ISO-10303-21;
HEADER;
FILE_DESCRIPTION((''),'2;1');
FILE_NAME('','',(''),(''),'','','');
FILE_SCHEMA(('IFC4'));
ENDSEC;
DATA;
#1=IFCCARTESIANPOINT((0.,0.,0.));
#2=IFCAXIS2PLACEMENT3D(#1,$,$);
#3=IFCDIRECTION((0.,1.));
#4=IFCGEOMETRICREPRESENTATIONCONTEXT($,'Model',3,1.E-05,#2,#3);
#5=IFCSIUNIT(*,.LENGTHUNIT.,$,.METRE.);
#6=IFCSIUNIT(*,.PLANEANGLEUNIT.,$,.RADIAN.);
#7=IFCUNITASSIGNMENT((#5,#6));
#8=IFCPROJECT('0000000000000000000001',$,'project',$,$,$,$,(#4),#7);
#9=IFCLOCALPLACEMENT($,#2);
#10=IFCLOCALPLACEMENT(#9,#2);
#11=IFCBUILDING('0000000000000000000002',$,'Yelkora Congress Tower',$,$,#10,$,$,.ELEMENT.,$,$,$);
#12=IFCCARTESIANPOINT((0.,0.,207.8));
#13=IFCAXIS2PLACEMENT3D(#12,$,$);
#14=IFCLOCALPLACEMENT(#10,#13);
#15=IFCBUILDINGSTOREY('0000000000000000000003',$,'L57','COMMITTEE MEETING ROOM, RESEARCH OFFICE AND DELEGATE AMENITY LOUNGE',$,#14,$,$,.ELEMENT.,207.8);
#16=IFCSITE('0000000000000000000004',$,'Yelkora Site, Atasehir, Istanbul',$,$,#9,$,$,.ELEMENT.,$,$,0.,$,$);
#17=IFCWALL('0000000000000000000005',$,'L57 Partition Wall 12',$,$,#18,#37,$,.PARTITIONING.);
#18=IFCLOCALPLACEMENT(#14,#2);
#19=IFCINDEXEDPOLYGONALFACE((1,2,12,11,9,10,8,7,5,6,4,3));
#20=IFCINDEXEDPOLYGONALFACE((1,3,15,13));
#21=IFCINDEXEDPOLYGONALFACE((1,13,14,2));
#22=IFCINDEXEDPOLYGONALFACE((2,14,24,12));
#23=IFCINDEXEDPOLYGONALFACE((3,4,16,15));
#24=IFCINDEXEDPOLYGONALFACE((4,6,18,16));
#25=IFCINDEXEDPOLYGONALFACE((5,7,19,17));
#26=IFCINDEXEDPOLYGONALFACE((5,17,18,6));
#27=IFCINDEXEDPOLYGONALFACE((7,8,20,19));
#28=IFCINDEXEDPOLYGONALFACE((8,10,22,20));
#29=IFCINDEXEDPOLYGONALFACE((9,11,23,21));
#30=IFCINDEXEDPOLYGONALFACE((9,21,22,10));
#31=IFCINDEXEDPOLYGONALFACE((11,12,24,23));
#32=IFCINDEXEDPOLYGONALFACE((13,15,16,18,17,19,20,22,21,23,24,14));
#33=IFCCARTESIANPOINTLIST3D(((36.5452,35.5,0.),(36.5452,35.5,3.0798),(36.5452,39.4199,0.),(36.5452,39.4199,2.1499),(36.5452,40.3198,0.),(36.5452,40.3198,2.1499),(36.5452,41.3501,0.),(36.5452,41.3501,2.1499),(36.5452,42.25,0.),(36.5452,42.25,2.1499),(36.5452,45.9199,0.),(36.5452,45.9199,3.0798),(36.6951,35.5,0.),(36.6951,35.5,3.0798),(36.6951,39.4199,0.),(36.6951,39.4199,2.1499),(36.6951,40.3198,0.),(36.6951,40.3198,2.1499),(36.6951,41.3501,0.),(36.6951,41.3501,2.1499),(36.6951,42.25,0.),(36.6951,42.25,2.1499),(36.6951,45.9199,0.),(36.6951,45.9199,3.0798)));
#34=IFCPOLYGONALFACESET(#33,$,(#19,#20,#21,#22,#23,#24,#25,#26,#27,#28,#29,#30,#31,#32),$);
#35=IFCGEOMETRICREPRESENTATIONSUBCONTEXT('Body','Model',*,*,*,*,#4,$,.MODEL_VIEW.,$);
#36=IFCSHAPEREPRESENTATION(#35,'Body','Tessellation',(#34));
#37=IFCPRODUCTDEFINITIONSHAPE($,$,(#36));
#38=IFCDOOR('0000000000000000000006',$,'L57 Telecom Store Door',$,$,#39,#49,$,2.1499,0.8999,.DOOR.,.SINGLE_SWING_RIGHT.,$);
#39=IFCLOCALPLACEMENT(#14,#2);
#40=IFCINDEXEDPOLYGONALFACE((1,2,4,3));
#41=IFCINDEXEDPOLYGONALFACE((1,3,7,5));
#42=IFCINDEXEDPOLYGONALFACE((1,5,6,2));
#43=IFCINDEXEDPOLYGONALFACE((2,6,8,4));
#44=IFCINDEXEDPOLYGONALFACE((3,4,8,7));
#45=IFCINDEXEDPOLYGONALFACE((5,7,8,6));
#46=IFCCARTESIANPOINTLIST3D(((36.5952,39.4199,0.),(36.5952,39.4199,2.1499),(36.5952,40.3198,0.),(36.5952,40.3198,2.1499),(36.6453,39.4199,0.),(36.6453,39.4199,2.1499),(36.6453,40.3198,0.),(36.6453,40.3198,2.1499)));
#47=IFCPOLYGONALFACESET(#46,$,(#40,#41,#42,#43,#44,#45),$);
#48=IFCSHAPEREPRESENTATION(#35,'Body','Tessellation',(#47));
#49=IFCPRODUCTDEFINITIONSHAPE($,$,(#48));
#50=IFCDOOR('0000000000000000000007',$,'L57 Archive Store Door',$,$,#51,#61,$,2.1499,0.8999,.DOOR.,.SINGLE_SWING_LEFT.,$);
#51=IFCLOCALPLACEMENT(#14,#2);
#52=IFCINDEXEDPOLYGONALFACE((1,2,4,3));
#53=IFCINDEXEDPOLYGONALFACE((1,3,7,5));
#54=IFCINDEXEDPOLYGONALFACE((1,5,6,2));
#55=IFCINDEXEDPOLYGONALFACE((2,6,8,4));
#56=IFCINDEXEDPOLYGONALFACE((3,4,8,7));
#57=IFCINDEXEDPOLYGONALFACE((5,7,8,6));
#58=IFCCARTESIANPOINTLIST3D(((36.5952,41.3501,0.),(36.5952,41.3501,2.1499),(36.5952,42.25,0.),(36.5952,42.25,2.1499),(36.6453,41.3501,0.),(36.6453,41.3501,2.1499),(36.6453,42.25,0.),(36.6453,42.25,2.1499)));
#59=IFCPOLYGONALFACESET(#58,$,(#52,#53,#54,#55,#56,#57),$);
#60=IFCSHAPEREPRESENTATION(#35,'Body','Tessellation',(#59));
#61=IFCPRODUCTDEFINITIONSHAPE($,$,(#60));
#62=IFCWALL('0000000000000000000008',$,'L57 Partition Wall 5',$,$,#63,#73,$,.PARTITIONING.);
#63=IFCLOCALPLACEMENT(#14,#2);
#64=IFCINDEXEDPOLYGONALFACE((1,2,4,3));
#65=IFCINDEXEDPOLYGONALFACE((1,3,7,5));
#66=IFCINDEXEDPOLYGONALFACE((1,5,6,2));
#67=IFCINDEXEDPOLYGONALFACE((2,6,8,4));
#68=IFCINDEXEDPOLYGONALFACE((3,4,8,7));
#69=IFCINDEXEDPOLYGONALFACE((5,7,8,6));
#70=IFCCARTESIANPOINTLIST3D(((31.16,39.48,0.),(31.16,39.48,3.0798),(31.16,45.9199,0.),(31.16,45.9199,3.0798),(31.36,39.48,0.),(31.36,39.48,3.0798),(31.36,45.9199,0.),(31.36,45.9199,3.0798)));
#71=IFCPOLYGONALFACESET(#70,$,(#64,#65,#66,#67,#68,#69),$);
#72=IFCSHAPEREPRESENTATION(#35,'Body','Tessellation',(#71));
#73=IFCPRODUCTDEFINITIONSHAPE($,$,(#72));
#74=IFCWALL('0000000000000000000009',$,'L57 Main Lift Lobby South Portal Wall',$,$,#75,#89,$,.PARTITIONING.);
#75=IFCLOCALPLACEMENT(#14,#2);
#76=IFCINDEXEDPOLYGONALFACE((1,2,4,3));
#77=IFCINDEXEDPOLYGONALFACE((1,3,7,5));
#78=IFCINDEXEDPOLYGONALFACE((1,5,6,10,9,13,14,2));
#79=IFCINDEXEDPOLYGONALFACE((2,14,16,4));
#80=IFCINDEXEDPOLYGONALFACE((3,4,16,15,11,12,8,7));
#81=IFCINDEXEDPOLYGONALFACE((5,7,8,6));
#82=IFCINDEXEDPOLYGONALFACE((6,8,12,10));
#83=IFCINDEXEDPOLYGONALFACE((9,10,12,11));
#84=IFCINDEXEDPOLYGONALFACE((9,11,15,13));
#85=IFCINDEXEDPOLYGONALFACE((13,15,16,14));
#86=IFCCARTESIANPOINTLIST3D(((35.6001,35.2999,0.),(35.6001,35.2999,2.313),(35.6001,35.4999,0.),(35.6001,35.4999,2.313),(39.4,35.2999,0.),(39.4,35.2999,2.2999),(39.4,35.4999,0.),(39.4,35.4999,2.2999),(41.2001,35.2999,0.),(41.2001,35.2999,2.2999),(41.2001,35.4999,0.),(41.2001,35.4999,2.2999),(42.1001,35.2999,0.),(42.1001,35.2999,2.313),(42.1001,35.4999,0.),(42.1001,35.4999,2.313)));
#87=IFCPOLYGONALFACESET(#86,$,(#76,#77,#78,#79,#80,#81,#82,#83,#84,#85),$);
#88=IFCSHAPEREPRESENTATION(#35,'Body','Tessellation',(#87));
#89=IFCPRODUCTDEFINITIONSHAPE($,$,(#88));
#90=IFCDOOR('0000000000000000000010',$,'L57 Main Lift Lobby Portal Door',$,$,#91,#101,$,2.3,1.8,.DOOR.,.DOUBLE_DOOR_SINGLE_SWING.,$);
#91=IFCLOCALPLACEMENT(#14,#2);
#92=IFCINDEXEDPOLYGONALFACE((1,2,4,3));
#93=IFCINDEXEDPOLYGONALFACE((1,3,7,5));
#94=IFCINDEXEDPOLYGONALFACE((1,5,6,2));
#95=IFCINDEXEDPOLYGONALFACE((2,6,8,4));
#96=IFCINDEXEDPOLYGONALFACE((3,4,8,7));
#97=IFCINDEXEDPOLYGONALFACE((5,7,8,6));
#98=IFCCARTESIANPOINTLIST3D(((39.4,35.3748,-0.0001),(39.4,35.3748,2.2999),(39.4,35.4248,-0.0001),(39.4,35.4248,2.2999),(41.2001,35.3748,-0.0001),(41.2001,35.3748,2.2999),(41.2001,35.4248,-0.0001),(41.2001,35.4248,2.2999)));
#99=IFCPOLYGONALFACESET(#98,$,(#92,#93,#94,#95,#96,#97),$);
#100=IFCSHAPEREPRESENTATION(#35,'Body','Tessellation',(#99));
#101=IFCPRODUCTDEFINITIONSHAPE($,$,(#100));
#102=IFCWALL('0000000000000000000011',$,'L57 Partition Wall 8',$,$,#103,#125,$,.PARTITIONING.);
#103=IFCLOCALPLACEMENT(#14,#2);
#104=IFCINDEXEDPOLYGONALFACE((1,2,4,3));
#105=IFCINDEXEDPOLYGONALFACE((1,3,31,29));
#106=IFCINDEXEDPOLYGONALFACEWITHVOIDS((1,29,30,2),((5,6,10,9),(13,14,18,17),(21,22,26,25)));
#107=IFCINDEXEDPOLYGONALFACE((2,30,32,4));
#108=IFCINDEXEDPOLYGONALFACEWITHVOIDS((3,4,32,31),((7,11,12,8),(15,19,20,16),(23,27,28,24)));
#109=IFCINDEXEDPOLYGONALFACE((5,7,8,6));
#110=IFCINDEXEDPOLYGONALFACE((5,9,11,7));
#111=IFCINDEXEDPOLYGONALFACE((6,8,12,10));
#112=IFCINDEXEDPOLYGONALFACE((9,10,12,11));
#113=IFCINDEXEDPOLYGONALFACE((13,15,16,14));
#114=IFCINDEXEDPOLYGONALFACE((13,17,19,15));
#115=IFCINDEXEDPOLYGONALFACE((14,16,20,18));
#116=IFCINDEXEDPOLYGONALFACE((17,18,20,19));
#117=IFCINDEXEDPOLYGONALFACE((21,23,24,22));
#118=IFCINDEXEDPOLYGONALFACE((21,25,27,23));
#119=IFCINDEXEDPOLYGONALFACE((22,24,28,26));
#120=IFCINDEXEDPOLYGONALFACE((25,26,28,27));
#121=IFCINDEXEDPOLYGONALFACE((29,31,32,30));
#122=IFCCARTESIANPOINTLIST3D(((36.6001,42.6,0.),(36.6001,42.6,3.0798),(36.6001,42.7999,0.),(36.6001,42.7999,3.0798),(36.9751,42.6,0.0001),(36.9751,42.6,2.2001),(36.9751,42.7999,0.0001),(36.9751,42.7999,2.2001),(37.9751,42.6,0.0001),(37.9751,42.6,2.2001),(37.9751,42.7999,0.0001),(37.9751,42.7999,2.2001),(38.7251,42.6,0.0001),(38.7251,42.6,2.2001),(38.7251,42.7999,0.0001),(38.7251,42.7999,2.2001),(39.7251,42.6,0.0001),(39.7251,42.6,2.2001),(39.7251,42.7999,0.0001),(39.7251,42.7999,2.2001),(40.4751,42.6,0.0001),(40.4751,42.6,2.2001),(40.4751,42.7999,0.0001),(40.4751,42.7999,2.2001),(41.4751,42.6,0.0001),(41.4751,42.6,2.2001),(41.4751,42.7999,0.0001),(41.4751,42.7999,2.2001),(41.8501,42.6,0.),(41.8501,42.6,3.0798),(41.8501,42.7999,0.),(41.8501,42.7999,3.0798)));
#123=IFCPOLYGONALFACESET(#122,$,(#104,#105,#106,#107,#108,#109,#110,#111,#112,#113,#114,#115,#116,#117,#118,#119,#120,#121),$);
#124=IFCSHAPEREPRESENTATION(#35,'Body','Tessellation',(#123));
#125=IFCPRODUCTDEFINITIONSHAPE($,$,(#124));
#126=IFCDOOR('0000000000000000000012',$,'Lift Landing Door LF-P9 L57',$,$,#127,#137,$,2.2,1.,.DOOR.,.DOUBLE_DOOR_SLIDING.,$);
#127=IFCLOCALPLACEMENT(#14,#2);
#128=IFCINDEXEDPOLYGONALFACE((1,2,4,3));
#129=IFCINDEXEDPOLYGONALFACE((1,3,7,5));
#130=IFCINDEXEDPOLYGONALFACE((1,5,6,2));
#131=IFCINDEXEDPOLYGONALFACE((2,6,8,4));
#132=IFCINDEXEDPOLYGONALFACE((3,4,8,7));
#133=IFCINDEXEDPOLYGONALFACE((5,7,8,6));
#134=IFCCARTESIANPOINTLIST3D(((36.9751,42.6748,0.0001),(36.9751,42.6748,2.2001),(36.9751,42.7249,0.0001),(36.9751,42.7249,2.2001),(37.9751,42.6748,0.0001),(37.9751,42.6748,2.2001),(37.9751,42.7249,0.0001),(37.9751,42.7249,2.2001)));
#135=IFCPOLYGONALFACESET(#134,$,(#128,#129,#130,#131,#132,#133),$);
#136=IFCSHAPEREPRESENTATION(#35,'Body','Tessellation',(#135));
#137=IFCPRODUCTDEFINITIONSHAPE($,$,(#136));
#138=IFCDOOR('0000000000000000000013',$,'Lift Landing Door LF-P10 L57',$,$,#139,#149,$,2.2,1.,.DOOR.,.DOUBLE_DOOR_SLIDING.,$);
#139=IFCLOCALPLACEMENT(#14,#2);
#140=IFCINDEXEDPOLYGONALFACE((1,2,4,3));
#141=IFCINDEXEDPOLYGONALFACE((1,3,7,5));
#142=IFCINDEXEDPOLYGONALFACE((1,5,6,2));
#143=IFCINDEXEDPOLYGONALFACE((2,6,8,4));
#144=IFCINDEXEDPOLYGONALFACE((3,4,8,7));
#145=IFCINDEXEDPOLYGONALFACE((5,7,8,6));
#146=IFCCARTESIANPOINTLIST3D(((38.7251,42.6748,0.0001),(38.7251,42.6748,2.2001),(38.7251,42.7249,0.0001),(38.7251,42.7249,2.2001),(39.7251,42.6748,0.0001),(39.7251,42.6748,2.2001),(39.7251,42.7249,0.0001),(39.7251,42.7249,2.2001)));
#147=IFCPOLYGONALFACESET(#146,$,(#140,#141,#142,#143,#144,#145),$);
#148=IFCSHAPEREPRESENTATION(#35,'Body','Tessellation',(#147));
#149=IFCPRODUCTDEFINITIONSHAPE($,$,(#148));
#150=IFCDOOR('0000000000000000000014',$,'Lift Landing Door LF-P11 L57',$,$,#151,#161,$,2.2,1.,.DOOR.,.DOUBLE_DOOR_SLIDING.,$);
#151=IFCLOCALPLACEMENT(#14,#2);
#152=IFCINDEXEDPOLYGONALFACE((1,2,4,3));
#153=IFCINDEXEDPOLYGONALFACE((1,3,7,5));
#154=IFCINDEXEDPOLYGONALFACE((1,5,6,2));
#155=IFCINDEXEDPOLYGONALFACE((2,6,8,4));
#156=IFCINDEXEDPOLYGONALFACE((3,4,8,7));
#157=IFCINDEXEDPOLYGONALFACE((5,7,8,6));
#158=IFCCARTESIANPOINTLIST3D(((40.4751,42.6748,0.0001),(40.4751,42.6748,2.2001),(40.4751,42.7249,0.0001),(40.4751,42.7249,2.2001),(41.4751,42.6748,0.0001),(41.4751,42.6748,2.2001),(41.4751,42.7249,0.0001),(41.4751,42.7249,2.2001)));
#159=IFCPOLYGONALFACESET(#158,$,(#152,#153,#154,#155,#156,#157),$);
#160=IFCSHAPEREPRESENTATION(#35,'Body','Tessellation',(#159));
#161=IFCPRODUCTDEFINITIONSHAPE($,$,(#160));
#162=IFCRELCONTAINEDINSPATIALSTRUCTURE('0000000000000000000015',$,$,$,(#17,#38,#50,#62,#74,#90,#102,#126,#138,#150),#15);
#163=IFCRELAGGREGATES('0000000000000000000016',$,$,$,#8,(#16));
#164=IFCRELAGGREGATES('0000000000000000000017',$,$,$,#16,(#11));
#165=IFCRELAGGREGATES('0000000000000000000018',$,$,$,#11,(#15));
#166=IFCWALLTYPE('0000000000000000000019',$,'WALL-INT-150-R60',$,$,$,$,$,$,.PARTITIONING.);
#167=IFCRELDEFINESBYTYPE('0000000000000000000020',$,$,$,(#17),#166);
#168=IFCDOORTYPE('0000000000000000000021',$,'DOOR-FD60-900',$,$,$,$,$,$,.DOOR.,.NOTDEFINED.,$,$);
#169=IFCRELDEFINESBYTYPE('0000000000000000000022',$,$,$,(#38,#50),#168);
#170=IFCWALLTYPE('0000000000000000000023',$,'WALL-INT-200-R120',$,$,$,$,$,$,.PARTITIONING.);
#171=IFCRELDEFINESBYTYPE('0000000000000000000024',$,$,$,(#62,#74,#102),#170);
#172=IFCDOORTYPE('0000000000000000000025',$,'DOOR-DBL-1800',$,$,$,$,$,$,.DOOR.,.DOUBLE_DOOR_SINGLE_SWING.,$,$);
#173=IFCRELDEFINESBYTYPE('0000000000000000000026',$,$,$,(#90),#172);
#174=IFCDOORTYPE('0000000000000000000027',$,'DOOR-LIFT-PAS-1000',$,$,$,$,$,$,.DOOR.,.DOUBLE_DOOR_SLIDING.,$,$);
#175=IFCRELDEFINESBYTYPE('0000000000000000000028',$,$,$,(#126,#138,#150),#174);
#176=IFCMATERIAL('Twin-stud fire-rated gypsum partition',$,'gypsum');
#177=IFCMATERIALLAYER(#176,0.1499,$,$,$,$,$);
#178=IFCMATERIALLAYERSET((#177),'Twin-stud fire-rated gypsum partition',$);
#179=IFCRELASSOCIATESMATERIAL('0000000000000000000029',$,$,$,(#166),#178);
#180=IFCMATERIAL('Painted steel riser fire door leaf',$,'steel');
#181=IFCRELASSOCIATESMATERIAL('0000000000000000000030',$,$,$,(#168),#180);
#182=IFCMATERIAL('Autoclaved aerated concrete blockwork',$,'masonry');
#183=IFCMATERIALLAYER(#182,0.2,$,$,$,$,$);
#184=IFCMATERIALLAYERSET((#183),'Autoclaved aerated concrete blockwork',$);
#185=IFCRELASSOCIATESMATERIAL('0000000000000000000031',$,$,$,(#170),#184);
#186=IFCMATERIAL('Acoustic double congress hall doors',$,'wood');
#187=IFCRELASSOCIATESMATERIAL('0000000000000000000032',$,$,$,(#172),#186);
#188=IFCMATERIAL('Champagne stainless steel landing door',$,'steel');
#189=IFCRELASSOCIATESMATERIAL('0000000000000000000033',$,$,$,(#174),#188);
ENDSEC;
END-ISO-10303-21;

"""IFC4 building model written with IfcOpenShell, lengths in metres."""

from ifc_helpers import new_model, si_unit, direction, frame, frame_2d, origin, place, context, subcontext, project, spatial, rectangle, extrude, material, layer, layer_set, type_object, element, fill, save


model = new_model("IFC4")

# Units and contexts
model_context = context("Model", 3, precision=1e-05, world=origin(), true_north=direction((0.0, 1.0)))
body_context = subcontext(model_context, "Body", "Model", "MODEL_VIEW")
ifc_project = project(units=[si_unit("LENGTHUNIT", "METRE"), si_unit("PLANEANGLEUNIT", "RADIAN")], contexts=[model_context])

# Site, building, storey
site_placement = place(None, origin())
site = spatial("IfcSite", under=ifc_project, at=site_placement, Name="Yelkora Site, Atasehir, Istanbul", CompositionType="ELEMENT", RefElevation=0.0)
building_placement = place(site_placement, origin())
building = spatial("IfcBuilding", under=site, at=building_placement, Name="Yelkora Congress Tower", CompositionType="ELEMENT")
storey_placement = place(building_placement, frame((0.0, 0.0, 207.8)))
storey = spatial("IfcBuildingStorey", under=building, at=storey_placement, Name="L57", Description="COMMITTEE MEETING ROOM, RESEARCH OFFICE AND DELEGATE AMENITY LOUNGE", CompositionType="ELEMENT", Elevation=207.8)

# Shared definitions
ifc_material_1 = material(Name="Twin-stud fire-rated gypsum partition", Category="gypsum")
ifc_layer_1 = layer(ifc_material_1, 0.1499)
ifc_layer_set_1 = layer_set([ifc_layer_1], Name="Twin-stud fire-rated gypsum partition")
wall_type_1 = type_object("IfcWallType", Name="WALL-INT-150-R60", PredefinedType="PARTITIONING", material=ifc_layer_set_1)

# Wall, openings, doors
wall_1_placement = place(storey_placement, frame((36.6201, 35.5, 0.0), z_axis=(0.0, 0.0, 1.0), x_axis=(0.0, 1.0, 0.0)))
wall_1 = element("IfcWall", 1, at=wall_1_placement, inside=storey, type_object=wall_type_1, Name="L57 Partition Wall 12", PredefinedType="PARTITIONING", context=body_context, shape_type="SweptSolid", body=[
    extrude(rectangle(XDim=10.4199, YDim=0.1499, at=frame_2d((5.21, 0.0))), origin(), (0.0, 0.0, 1.0), 3.0798),
])
opening_1_placement = place(wall_1_placement, frame((3.9199, 0.0, 0.0)))
opening_1 = element("IfcOpeningElement", 2, at=opening_1_placement, cuts=wall_1, PredefinedType="OPENING", context=body_context, shape_type="SweptSolid", body=[
    extrude(rectangle(XDim=0.8999, YDim=2.1499, at=frame_2d((0.45, 1.075))), frame((0.0, 0.085, 0.0), z_axis=(0.0, -1.0, 0.0), x_axis=(1.0, 0.0, 0.0)), (0.0, 0.0, 1.0), 0.1699),
])
opening_2_placement = place(wall_1_placement, frame((5.8501, 0.0, 0.0)))
opening_2 = element("IfcOpeningElement", 3, at=opening_2_placement, cuts=wall_1, PredefinedType="OPENING", context=body_context, shape_type="SweptSolid", body=[
    extrude(rectangle(XDim=0.8999, YDim=2.1499, at=frame_2d((0.45, 1.075))), frame((0.0, 0.085, 0.0), z_axis=(0.0, -1.0, 0.0), x_axis=(1.0, 0.0, 0.0)), (0.0, 0.0, 1.0), 0.1699),
])
ifc_material_2 = material(Name="Painted steel riser fire door leaf", Category="steel")
door_type_1 = type_object("IfcDoorType", Name="DOOR-FD60-900", OperationType="NOTDEFINED", PredefinedType="DOOR", material=ifc_material_2)
door_1_placement = place(opening_1_placement, origin())
door_1 = element("IfcDoor", 4, at=door_1_placement, inside=storey, type_object=door_type_1, Name="L57 Telecom Store Door", OperationType="SINGLE_SWING_RIGHT", OverallHeight=2.1499, OverallWidth=0.8999, PredefinedType="DOOR", context=body_context, shape_type="SweptSolid", body=[
    extrude(rectangle(XDim=0.8999, YDim=2.1499, at=frame_2d((0.45, 1.075))), frame((0.0, 0.0249, 0.0), z_axis=(0.0, -1.0, 0.0), x_axis=(1.0, 0.0, 0.0)), (0.0, 0.0, 1.0), 0.05),
])
fill(opening_1, door_1)
door_2_placement = place(opening_2_placement, origin())
door_2 = element("IfcDoor", 5, at=door_2_placement, inside=storey, type_object=door_type_1, Name="L57 Archive Store Door", OperationType="SINGLE_SWING_LEFT", OverallHeight=2.1499, OverallWidth=0.8999, PredefinedType="DOOR", context=body_context, shape_type="SweptSolid", body=[
    extrude(rectangle(XDim=0.8999, YDim=2.1499, at=frame_2d((0.45, 1.075))), frame((0.0, 0.0249, 0.0), z_axis=(0.0, -1.0, 0.0), x_axis=(1.0, 0.0, 0.0)), (0.0, 0.0, 1.0), 0.05),
])
fill(opening_2, door_2)

# Wall
ifc_material_3 = material(Name="Autoclaved aerated concrete blockwork", Category="masonry")
ifc_layer_2 = layer(ifc_material_3, 0.2)
ifc_layer_set_2 = layer_set([ifc_layer_2], Name="Autoclaved aerated concrete blockwork")
wall_type_2 = type_object("IfcWallType", Name="WALL-INT-200-R120", PredefinedType="PARTITIONING", material=ifc_layer_set_2)
wall_2_placement = place(storey_placement, frame((31.26, 39.48, 0.0), z_axis=(0.0, 0.0, 1.0), x_axis=(0.0, 1.0, 0.0)))
element("IfcWall", 6, at=wall_2_placement, inside=storey, type_object=wall_type_2, Name="L57 Partition Wall 5", PredefinedType="PARTITIONING", context=body_context, shape_type="SweptSolid", body=[
    extrude(rectangle(XDim=6.4399, YDim=0.2, at=frame_2d((3.22, 0.0))), origin(), (0.0, 0.0, 1.0), 3.0798),
])

# Wall, opening, door
wall_3_placement = place(storey_placement, frame((35.6001, 35.3999, 0.0), z_axis=(0.0, 0.0, 1.0), x_axis=(1.0, 0.0, 0.0)))
wall_3 = element("IfcWall", 7, at=wall_3_placement, inside=storey, type_object=wall_type_2, Name="L57 Main Lift Lobby South Portal Wall", PredefinedType="PARTITIONING", context=body_context, shape_type="SweptSolid", body=[
    extrude(rectangle(XDim=6.5, YDim=0.2, at=frame_2d((3.25, 0.0))), origin(), (0.0, 0.0, 1.0), 2.313),
])
opening_3_placement = place(wall_3_placement, frame((3.8, 0.0, 0.0)))
opening_3 = element("IfcOpeningElement", 8, at=opening_3_placement, cuts=wall_3, PredefinedType="OPENING", context=body_context, shape_type="SweptSolid", body=[
    extrude(rectangle(XDim=1.8, YDim=2.3, at=frame_2d((0.8999, 1.1499))), frame((0.0, 0.1099, 0.0), z_axis=(0.0, -1.0, 0.0), x_axis=(1.0, 0.0, 0.0)), (0.0, 0.0, 1.0), 0.22),
])
ifc_material_4 = material(Name="Acoustic double congress hall doors", Category="wood")
door_type_2 = type_object("IfcDoorType", Name="DOOR-DBL-1800", OperationType="DOUBLE_DOOR_SINGLE_SWING", PredefinedType="DOOR", material=ifc_material_4)
door_3_placement = place(opening_3_placement, origin())
door_3 = element("IfcDoor", 9, at=door_3_placement, inside=storey, type_object=door_type_2, Name="L57 Main Lift Lobby Portal Door", OperationType="DOUBLE_DOOR_SINGLE_SWING", OverallHeight=2.3, OverallWidth=1.8, PredefinedType="DOOR", context=body_context, shape_type="SweptSolid", body=[
    extrude(rectangle(XDim=1.8, YDim=2.3, at=frame_2d((0.8999, 1.1499))), frame((0.0, 0.0249, 0.0), z_axis=(0.0, -1.0, 0.0), x_axis=(1.0, 0.0, 0.0)), (0.0, 0.0, 1.0), 0.05),
])
fill(opening_3, door_3)

# Wall, openings, doors
wall_4_placement = place(storey_placement, frame((36.6001, 42.7, 0.0), z_axis=(0.0, 0.0, 1.0), x_axis=(1.0, 0.0, 0.0)))
wall_4 = element("IfcWall", 10, at=wall_4_placement, inside=storey, type_object=wall_type_2, Name="L57 Partition Wall 8", PredefinedType="PARTITIONING", context=body_context, shape_type="SweptSolid", body=[
    extrude(rectangle(XDim=5.25, YDim=0.2, at=frame_2d((2.625, 0.0))), origin(), (0.0, 0.0, 1.0), 3.0798),
])
opening_4_placement = place(wall_4_placement, frame((0.375, 0.0, 0.0)))
opening_4 = element("IfcOpeningElement", 11, at=opening_4_placement, cuts=wall_4, PredefinedType="OPENING", context=body_context, shape_type="SweptSolid", body=[
    extrude(rectangle(XDim=1.0, YDim=2.2, at=frame_2d((0.5, 1.1001))), frame((0.0, 0.1099, 0.0), z_axis=(0.0, -1.0, 0.0), x_axis=(1.0, 0.0, 0.0)), (0.0, 0.0, 1.0), 0.22),
])
opening_5_placement = place(wall_4_placement, frame((2.125, 0.0, 0.0)))
opening_5 = element("IfcOpeningElement", 12, at=opening_5_placement, cuts=wall_4, PredefinedType="OPENING", context=body_context, shape_type="SweptSolid", body=[
    extrude(rectangle(XDim=1.0, YDim=2.2, at=frame_2d((0.5, 1.1001))), frame((0.0, 0.1099, 0.0), z_axis=(0.0, -1.0, 0.0), x_axis=(1.0, 0.0, 0.0)), (0.0, 0.0, 1.0), 0.22),
])
opening_6_placement = place(wall_4_placement, frame((3.875, 0.0, 0.0)))
opening_6 = element("IfcOpeningElement", 13, at=opening_6_placement, cuts=wall_4, PredefinedType="OPENING", context=body_context, shape_type="SweptSolid", body=[
    extrude(rectangle(XDim=1.0, YDim=2.2, at=frame_2d((0.5, 1.1001))), frame((0.0, 0.1099, 0.0), z_axis=(0.0, -1.0, 0.0), x_axis=(1.0, 0.0, 0.0)), (0.0, 0.0, 1.0), 0.22),
])
ifc_material_5 = material(Name="Champagne stainless steel landing door", Category="steel")
door_type_3 = type_object("IfcDoorType", Name="DOOR-LIFT-PAS-1000", OperationType="DOUBLE_DOOR_SLIDING", PredefinedType="DOOR", material=ifc_material_5)
door_4_placement = place(opening_4_placement, origin())
door_4 = element("IfcDoor", 14, at=door_4_placement, inside=storey, type_object=door_type_3, Name="Lift Landing Door LF-P9 L57", OperationType="DOUBLE_DOOR_SLIDING", OverallHeight=2.2, OverallWidth=1.0, PredefinedType="DOOR", context=body_context, shape_type="SweptSolid", body=[
    extrude(rectangle(XDim=1.0, YDim=2.2, at=frame_2d((0.5, 1.1001))), frame((0.0, 0.0249, 0.0), z_axis=(0.0, -1.0, 0.0), x_axis=(1.0, 0.0, 0.0)), (0.0, 0.0, 1.0), 0.05),
])
fill(opening_4, door_4)
door_5_placement = place(opening_5_placement, origin())
door_5 = element("IfcDoor", 15, at=door_5_placement, inside=storey, type_object=door_type_3, Name="Lift Landing Door LF-P10 L57", OperationType="DOUBLE_DOOR_SLIDING", OverallHeight=2.2, OverallWidth=1.0, PredefinedType="DOOR", context=body_context, shape_type="SweptSolid", body=[
    extrude(rectangle(XDim=1.0, YDim=2.2, at=frame_2d((0.5, 1.1001))), frame((0.0, 0.0249, 0.0), z_axis=(0.0, -1.0, 0.0), x_axis=(1.0, 0.0, 0.0)), (0.0, 0.0, 1.0), 0.05),
])
fill(opening_5, door_5)
door_6_placement = place(opening_6_placement, origin())
door_6 = element("IfcDoor", 16, at=door_6_placement, inside=storey, type_object=door_type_3, Name="Lift Landing Door LF-P11 L57", OperationType="DOUBLE_DOOR_SLIDING", OverallHeight=2.2, OverallWidth=1.0, PredefinedType="DOOR", context=body_context, shape_type="SweptSolid", body=[
    extrude(rectangle(XDim=1.0, YDim=2.2, at=frame_2d((0.5, 1.1001))), frame((0.0, 0.0249, 0.0), z_axis=(0.0, -1.0, 0.0), x_axis=(1.0, 0.0, 0.0)), (0.0, 0.0, 1.0), 0.05),
])
fill(opening_6, door_6)

save(model, "model.ifc")
